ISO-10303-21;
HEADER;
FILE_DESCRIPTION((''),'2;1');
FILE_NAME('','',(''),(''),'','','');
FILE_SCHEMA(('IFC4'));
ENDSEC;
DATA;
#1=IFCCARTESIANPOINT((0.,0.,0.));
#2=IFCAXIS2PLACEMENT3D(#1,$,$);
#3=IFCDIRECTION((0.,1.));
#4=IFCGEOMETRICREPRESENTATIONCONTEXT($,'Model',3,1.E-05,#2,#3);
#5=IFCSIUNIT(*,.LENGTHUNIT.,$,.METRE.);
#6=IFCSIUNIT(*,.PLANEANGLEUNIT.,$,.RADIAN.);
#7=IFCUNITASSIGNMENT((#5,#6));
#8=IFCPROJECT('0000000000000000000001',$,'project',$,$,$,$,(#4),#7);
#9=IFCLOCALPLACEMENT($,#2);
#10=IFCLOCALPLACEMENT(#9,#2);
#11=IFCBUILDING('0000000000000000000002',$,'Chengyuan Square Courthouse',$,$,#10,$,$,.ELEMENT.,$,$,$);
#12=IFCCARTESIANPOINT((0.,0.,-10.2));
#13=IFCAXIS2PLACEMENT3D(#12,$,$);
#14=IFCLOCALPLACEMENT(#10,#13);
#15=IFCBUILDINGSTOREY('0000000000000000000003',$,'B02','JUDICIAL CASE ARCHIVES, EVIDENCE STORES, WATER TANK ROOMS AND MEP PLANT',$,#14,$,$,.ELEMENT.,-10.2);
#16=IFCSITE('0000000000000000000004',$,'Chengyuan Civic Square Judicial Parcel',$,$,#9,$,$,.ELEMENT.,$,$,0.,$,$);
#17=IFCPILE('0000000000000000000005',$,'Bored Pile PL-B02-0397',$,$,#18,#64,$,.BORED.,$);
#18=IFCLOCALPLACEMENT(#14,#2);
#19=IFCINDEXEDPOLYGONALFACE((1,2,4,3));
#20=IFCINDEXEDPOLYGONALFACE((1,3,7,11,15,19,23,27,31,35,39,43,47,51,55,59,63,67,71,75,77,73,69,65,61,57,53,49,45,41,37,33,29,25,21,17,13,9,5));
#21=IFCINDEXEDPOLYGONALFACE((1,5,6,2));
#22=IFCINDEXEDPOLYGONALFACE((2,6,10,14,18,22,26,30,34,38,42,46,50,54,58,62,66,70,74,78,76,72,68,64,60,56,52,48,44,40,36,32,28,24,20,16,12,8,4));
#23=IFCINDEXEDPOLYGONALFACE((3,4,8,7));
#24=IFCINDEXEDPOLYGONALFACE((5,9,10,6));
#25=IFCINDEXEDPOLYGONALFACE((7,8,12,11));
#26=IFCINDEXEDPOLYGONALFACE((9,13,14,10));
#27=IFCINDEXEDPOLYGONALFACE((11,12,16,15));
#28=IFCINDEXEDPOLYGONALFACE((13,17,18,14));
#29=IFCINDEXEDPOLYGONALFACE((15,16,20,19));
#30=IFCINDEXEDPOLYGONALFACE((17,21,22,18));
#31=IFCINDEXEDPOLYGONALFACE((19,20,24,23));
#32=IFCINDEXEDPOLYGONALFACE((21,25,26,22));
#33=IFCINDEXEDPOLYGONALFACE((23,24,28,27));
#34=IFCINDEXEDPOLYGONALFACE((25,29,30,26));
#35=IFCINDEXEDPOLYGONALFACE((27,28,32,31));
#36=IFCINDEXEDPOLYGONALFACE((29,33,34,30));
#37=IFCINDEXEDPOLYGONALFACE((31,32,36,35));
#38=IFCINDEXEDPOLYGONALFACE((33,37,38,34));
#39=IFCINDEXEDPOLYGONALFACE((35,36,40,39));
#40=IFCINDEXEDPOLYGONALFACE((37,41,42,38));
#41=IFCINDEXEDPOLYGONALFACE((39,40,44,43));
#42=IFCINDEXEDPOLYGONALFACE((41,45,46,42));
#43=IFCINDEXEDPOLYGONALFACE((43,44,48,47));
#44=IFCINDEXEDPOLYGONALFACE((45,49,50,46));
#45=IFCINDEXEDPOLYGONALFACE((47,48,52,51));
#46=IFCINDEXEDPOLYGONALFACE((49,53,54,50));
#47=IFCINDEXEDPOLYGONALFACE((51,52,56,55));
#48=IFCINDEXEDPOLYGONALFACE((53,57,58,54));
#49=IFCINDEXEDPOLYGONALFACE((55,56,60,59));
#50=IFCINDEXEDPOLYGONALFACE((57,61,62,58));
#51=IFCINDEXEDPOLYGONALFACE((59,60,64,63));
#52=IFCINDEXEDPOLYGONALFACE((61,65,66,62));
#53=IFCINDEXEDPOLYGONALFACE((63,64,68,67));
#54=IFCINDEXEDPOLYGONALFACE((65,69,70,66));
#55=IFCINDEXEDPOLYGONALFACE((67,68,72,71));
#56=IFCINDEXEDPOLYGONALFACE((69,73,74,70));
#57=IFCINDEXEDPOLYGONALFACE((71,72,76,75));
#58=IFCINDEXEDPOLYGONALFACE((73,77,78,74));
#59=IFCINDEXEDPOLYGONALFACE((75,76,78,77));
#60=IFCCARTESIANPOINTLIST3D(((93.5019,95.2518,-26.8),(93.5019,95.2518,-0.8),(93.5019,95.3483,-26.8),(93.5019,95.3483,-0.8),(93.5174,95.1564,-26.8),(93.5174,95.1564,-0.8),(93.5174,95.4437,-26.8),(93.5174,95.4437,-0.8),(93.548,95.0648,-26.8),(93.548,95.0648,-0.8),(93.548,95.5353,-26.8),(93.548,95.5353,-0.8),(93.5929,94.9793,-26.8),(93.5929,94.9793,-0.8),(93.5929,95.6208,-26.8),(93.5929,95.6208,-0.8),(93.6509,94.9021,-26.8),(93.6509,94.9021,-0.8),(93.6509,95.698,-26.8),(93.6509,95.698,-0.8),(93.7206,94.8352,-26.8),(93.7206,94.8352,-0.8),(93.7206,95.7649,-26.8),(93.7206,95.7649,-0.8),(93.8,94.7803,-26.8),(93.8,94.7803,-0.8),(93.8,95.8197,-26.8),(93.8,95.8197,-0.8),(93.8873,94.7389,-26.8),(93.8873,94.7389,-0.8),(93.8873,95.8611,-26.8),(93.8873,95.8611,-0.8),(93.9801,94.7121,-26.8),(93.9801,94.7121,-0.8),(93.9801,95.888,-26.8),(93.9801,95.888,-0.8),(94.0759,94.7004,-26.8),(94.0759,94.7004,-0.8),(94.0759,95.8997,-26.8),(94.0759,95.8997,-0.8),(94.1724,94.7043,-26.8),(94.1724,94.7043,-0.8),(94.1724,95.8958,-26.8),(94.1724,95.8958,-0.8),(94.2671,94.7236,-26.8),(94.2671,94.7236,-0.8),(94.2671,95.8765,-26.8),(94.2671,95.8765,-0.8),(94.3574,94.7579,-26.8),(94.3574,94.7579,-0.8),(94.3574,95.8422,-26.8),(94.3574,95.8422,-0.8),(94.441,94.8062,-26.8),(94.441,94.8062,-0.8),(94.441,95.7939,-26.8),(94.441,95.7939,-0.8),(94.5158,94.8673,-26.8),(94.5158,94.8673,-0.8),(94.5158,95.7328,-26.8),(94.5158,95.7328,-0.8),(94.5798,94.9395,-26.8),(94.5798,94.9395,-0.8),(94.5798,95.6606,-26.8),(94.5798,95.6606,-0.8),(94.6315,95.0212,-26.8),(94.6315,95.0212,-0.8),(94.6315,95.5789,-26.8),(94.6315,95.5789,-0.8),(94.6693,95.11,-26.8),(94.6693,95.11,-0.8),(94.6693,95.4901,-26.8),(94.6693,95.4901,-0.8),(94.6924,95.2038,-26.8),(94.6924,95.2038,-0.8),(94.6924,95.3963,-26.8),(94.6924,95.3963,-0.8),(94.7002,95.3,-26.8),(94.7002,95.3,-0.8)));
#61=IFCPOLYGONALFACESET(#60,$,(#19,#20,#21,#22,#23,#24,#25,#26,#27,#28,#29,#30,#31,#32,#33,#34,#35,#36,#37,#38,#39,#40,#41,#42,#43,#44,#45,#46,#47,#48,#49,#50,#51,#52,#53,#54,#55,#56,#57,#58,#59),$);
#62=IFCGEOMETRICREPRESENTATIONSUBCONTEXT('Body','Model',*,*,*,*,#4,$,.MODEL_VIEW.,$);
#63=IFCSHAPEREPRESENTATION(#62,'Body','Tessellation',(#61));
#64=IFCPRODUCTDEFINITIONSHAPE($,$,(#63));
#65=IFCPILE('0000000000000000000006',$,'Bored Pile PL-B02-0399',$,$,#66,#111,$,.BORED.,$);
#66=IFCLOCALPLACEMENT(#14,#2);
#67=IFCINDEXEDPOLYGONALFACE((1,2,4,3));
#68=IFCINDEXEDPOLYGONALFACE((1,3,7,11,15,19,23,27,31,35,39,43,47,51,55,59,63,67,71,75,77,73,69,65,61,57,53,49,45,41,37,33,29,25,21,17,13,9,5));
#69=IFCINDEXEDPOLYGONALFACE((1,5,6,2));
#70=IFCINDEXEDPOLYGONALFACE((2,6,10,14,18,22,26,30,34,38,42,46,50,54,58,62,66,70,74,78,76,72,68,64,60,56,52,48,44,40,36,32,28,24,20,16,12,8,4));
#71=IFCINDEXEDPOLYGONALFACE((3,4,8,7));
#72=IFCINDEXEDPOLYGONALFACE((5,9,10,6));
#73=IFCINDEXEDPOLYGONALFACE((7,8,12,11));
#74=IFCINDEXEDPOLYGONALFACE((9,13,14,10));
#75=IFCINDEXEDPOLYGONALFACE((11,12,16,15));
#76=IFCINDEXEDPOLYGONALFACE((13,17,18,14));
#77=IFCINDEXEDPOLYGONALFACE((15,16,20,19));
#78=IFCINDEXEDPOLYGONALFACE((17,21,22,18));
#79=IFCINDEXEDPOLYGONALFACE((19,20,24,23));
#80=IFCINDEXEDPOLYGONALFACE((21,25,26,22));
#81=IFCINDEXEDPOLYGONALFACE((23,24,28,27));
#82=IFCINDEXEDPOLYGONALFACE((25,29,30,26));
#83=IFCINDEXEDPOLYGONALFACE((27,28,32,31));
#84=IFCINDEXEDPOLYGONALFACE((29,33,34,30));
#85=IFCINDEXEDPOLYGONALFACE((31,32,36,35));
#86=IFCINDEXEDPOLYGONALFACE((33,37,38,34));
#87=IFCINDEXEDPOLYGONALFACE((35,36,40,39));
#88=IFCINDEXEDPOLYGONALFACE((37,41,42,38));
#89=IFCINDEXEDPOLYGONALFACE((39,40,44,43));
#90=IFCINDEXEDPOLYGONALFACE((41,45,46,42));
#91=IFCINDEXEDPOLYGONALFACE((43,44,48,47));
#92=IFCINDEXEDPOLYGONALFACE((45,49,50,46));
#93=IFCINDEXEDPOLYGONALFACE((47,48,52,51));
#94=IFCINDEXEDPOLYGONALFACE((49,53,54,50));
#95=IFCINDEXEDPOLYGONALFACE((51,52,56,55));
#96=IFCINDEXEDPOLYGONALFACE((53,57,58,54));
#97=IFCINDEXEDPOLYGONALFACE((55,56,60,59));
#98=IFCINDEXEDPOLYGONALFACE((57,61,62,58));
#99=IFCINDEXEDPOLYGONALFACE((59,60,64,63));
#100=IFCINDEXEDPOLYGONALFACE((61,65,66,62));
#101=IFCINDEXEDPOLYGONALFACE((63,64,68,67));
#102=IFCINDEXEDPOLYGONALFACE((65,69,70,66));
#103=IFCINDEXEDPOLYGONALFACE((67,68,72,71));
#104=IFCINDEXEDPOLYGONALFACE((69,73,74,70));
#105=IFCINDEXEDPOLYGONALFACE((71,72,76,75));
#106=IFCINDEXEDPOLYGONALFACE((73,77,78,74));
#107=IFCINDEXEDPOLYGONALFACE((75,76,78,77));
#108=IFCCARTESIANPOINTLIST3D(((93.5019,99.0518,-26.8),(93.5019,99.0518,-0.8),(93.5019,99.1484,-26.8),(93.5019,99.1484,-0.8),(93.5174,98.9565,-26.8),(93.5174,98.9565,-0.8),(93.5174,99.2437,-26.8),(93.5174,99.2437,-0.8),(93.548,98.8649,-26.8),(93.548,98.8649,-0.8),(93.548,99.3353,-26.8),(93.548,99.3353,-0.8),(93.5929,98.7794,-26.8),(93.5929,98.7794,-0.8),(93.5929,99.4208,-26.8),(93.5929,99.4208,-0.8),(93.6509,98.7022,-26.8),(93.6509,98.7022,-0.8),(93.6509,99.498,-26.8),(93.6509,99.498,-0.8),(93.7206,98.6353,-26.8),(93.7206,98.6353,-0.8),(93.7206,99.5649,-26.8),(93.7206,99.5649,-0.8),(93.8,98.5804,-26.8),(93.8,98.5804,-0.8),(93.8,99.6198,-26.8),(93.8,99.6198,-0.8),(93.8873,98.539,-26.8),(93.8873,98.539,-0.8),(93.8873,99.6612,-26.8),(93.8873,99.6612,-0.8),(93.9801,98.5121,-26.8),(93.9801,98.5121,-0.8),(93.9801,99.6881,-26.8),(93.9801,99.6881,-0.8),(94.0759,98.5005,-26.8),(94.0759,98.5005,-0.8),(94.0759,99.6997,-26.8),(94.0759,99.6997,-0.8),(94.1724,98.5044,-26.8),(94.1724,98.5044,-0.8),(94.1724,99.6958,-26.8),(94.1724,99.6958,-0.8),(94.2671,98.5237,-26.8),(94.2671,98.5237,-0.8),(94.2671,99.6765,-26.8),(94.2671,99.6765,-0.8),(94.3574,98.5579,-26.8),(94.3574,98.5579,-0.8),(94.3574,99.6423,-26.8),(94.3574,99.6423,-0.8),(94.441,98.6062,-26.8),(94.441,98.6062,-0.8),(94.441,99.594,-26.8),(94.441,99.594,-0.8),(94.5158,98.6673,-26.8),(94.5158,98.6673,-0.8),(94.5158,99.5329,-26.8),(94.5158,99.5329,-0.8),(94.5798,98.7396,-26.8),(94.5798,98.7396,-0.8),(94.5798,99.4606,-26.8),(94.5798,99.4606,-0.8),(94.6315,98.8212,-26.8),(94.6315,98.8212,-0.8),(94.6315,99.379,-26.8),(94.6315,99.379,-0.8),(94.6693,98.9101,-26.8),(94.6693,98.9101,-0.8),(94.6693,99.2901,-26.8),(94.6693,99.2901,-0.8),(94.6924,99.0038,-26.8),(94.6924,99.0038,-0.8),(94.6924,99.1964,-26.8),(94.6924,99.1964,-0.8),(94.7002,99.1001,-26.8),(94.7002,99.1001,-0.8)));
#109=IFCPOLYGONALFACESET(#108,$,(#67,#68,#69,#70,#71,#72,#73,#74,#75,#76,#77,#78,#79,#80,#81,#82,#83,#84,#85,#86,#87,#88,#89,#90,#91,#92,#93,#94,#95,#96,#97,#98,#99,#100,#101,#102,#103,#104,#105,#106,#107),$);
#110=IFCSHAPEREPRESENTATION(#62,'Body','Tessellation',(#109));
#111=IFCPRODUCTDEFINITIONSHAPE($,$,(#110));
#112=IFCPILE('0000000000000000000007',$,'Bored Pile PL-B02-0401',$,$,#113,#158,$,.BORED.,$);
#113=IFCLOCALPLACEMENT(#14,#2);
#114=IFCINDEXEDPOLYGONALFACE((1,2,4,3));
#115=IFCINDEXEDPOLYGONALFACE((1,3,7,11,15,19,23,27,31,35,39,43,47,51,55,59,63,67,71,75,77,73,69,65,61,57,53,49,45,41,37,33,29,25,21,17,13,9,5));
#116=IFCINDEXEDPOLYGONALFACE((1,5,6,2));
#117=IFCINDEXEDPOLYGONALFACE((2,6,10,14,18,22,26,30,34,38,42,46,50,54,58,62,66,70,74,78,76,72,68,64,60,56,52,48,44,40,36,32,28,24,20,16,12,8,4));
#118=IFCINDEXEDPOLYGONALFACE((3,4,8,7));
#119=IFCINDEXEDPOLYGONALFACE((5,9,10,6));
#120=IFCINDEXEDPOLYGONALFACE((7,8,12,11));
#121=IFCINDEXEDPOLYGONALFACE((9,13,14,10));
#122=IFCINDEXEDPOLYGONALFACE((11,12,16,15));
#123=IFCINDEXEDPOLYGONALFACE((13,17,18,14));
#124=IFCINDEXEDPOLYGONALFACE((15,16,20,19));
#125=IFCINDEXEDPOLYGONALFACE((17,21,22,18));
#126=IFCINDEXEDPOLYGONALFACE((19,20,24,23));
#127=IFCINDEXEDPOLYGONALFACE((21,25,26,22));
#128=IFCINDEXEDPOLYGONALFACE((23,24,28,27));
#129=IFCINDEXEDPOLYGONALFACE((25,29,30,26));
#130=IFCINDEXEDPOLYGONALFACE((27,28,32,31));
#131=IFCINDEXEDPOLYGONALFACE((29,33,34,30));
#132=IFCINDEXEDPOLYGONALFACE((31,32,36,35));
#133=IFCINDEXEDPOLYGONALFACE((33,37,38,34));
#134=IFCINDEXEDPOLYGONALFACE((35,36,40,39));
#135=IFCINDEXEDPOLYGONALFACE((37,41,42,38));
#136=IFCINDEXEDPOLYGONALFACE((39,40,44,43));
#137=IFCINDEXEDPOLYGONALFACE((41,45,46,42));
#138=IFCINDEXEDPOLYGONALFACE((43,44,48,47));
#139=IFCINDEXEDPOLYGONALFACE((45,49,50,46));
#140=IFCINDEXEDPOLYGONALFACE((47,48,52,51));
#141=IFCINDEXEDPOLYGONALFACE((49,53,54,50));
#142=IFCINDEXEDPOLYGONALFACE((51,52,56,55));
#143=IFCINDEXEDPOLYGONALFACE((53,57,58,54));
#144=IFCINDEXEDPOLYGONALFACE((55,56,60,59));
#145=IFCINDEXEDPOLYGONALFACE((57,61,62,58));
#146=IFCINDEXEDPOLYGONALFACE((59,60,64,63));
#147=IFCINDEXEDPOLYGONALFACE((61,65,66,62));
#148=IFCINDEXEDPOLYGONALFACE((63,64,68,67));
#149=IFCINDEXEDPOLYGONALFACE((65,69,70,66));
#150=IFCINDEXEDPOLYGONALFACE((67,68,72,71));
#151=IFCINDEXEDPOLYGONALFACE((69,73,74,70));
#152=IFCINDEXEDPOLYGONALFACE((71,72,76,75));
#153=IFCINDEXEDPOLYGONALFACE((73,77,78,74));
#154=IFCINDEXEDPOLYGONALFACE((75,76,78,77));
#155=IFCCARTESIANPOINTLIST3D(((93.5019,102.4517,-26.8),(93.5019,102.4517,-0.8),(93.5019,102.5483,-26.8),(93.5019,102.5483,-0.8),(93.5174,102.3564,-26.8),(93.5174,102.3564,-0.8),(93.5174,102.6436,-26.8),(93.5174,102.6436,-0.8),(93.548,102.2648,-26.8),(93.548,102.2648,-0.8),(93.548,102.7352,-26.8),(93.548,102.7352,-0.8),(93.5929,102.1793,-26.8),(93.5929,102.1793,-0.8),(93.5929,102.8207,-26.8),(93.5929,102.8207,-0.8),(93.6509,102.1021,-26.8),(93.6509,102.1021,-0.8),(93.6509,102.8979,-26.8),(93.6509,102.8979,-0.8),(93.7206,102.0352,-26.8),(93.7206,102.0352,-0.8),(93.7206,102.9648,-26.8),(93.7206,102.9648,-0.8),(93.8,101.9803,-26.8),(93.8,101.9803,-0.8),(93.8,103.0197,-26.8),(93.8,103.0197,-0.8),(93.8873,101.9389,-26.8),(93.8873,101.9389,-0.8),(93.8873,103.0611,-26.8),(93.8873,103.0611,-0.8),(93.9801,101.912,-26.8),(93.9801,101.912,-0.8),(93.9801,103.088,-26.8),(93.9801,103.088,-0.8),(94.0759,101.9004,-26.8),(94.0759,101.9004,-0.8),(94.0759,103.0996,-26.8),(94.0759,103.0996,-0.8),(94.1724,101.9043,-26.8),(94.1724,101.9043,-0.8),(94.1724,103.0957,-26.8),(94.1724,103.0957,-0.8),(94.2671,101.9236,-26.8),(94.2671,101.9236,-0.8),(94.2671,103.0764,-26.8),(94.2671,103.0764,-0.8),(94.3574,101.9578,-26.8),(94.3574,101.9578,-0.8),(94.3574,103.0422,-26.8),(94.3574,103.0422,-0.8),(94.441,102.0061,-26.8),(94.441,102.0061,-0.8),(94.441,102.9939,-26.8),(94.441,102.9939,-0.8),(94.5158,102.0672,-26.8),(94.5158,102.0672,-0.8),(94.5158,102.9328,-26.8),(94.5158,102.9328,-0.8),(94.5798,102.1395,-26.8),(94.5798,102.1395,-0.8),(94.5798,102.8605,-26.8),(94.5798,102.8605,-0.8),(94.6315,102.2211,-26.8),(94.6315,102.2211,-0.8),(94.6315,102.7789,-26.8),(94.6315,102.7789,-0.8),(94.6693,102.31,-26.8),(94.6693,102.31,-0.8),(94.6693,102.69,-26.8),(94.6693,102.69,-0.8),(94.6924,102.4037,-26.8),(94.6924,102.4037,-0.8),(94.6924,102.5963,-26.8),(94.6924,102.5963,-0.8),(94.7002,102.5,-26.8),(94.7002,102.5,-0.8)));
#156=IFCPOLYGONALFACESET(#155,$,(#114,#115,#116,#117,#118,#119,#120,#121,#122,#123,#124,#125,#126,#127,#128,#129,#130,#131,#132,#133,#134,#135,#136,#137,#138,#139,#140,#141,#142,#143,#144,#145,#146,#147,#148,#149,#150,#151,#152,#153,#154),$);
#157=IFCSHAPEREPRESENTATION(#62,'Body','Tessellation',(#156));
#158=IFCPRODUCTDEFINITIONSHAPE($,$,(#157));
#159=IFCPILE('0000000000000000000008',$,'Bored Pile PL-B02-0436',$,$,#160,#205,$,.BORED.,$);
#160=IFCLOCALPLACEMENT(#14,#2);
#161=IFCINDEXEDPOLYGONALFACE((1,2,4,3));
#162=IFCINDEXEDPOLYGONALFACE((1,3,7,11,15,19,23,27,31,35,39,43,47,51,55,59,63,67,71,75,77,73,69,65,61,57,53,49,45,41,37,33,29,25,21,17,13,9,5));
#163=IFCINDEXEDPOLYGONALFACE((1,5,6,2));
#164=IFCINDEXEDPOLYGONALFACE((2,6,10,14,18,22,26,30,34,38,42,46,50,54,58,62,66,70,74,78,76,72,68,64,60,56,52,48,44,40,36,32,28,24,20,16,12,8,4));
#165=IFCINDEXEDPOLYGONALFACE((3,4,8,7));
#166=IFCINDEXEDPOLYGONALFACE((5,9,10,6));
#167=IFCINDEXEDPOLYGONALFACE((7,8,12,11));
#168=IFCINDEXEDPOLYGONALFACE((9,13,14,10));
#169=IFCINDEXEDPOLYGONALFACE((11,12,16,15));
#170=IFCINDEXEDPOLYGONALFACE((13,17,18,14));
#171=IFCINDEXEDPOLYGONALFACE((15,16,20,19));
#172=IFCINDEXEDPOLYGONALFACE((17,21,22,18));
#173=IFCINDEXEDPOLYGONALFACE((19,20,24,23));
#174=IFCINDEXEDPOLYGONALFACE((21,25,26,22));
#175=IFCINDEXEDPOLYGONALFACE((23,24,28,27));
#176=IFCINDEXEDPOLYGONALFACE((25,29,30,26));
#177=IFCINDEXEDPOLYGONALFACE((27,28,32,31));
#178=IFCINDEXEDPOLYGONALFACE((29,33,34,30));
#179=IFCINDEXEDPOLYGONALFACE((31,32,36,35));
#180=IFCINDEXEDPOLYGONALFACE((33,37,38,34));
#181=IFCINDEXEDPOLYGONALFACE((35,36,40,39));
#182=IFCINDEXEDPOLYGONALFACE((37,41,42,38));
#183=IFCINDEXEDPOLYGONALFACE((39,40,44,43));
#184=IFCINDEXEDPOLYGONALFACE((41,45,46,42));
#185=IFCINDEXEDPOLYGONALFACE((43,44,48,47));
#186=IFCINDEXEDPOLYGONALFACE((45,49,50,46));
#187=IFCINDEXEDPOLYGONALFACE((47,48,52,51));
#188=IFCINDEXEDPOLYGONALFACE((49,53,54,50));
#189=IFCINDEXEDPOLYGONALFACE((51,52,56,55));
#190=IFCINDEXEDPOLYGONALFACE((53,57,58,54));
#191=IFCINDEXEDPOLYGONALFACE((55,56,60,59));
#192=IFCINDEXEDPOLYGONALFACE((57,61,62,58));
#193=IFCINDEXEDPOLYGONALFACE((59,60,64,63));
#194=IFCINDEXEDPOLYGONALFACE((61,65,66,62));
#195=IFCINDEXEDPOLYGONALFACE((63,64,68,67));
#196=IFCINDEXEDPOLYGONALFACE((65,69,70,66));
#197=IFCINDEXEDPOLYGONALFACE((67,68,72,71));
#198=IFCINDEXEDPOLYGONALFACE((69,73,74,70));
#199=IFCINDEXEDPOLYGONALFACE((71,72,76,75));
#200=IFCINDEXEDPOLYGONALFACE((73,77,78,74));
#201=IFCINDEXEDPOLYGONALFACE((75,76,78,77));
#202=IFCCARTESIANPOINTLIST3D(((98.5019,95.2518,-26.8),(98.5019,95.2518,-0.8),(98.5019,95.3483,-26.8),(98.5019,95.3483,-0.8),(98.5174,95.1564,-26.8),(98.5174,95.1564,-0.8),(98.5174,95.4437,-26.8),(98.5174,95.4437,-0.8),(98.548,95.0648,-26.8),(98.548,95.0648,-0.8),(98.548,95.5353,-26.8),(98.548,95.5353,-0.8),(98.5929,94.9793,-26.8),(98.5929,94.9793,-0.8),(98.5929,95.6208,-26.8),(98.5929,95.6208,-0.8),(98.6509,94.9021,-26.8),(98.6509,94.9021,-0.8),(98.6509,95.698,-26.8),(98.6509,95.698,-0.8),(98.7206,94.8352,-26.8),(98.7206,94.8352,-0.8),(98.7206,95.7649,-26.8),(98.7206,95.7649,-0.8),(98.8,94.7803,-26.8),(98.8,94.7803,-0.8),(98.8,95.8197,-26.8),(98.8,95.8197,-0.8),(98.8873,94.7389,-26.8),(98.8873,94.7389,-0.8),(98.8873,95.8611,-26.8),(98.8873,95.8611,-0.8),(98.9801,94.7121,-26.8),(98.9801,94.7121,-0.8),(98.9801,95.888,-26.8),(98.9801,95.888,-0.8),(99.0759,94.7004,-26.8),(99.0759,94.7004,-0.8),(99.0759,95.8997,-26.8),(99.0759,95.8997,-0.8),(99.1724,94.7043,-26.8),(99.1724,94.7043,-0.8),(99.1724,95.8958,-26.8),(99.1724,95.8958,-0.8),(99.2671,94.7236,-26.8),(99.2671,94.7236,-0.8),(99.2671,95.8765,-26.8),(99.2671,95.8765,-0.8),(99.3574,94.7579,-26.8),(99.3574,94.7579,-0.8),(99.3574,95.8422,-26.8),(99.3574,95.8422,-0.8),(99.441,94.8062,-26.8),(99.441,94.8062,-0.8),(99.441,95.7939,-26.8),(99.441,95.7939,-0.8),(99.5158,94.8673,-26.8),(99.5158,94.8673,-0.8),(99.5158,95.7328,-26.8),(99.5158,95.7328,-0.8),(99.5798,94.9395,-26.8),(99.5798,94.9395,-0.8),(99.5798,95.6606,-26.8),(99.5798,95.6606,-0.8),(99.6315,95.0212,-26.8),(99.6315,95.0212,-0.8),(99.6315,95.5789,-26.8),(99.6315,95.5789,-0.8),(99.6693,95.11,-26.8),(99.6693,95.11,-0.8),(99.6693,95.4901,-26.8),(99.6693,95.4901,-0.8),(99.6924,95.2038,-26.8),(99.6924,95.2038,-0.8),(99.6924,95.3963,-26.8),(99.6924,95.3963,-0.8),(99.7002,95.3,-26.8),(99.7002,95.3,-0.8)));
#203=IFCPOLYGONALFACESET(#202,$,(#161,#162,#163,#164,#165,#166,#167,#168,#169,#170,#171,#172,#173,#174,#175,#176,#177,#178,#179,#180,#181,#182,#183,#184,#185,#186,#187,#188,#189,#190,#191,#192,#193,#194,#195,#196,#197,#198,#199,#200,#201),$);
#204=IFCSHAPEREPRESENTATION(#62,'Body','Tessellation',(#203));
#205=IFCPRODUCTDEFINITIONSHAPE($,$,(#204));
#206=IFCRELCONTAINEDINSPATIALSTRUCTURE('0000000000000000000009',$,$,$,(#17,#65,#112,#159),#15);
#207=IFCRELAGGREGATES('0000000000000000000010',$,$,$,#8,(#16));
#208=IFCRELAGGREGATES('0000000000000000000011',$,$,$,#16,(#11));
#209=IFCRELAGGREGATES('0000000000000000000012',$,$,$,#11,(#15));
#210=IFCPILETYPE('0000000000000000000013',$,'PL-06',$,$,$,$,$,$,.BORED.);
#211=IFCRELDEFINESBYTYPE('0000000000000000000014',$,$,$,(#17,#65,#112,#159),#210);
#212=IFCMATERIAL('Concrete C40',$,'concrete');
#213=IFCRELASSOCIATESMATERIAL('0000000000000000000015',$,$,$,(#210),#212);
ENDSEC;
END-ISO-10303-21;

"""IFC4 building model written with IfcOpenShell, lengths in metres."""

from ifc_helpers import new_model, si_unit, direction, frame, origin, origin_2d, place, context, subcontext, project, spatial, circle, extrude, material, material_profile, profile_set, type_object, element, save


model = new_model("IFC4")

# Units and contexts
model_context = context("Model", 3, precision=1e-05, world=origin(), true_north=direction((0.0, 1.0)))
body_context = subcontext(model_context, "Body", "Model", "MODEL_VIEW")
ifc_project = project(units=[si_unit("LENGTHUNIT", "METRE"), si_unit("PLANEANGLEUNIT", "RADIAN")], contexts=[model_context])

# Site, building, storey
site_placement = place(None, origin())
site = spatial("IfcSite", under=ifc_project, at=site_placement, Name="Chengyuan Civic Square Judicial Parcel", CompositionType="ELEMENT", RefElevation=0.0)
building_placement = place(site_placement, origin())
building = spatial("IfcBuilding", under=site, at=building_placement, Name="Chengyuan Square Courthouse", CompositionType="ELEMENT")
storey_placement = place(building_placement, frame((0.0, 0.0, -10.2)))
storey = spatial("IfcBuildingStorey", under=building, at=storey_placement, Name="B02", Description="JUDICIAL CASE ARCHIVES, EVIDENCE STORES, WATER TANK ROOMS AND MEP PLANT", CompositionType="ELEMENT", Elevation=-10.2)

# Shared definitions
ifc_material_1 = material(Name="Concrete C40", Category="concrete")

# Piles
ifc_material_profile_1 = material_profile(ifc_material_1, circle(Radius=0.6001, at=origin_2d()), Name="BORED PILE D1200")
ifc_profile_set_1 = profile_set([ifc_material_profile_1], Name="Concrete C40")
pile_type_1 = type_object("IfcPileType", Name="PL-06", PredefinedType="BORED", material=ifc_profile_set_1)
for number, where, z_axis, x_axis, name in (
    (1, (94.1001, 95.3, -0.8), (0.0, 0.0, -1.0), (1.0, 0.0, 0.0), "Bored Pile PL-B02-0397"),
    (2, (94.1001, 99.1001, -0.8), (0.0, 0.0, -1.0), (1.0, 0.0, 0.0), "Bored Pile PL-B02-0399"),
    (3, (94.1001, 102.5, -0.8), (0.0, 0.0, -1.0), (1.0, 0.0, 0.0), "Bored Pile PL-B02-0401"),
    (4, (99.1001, 95.3, -0.8), (0.0, 0.0, -1.0), (1.0, 0.0, 0.0), "Bored Pile PL-B02-0436"),
):
    element("IfcPile", number, at=place(storey_placement, frame(where, z_axis=z_axis, x_axis=x_axis)), inside=storey, type_object=pile_type_1, Name=name, PredefinedType="BORED", context=body_context, shape_type="SweptSolid", body=[
        extrude(circle(Radius=0.6001, at=origin_2d()), origin(), (0.0, 0.0, 1.0), 26.0),
    ])

save(model, "model.ifc")
